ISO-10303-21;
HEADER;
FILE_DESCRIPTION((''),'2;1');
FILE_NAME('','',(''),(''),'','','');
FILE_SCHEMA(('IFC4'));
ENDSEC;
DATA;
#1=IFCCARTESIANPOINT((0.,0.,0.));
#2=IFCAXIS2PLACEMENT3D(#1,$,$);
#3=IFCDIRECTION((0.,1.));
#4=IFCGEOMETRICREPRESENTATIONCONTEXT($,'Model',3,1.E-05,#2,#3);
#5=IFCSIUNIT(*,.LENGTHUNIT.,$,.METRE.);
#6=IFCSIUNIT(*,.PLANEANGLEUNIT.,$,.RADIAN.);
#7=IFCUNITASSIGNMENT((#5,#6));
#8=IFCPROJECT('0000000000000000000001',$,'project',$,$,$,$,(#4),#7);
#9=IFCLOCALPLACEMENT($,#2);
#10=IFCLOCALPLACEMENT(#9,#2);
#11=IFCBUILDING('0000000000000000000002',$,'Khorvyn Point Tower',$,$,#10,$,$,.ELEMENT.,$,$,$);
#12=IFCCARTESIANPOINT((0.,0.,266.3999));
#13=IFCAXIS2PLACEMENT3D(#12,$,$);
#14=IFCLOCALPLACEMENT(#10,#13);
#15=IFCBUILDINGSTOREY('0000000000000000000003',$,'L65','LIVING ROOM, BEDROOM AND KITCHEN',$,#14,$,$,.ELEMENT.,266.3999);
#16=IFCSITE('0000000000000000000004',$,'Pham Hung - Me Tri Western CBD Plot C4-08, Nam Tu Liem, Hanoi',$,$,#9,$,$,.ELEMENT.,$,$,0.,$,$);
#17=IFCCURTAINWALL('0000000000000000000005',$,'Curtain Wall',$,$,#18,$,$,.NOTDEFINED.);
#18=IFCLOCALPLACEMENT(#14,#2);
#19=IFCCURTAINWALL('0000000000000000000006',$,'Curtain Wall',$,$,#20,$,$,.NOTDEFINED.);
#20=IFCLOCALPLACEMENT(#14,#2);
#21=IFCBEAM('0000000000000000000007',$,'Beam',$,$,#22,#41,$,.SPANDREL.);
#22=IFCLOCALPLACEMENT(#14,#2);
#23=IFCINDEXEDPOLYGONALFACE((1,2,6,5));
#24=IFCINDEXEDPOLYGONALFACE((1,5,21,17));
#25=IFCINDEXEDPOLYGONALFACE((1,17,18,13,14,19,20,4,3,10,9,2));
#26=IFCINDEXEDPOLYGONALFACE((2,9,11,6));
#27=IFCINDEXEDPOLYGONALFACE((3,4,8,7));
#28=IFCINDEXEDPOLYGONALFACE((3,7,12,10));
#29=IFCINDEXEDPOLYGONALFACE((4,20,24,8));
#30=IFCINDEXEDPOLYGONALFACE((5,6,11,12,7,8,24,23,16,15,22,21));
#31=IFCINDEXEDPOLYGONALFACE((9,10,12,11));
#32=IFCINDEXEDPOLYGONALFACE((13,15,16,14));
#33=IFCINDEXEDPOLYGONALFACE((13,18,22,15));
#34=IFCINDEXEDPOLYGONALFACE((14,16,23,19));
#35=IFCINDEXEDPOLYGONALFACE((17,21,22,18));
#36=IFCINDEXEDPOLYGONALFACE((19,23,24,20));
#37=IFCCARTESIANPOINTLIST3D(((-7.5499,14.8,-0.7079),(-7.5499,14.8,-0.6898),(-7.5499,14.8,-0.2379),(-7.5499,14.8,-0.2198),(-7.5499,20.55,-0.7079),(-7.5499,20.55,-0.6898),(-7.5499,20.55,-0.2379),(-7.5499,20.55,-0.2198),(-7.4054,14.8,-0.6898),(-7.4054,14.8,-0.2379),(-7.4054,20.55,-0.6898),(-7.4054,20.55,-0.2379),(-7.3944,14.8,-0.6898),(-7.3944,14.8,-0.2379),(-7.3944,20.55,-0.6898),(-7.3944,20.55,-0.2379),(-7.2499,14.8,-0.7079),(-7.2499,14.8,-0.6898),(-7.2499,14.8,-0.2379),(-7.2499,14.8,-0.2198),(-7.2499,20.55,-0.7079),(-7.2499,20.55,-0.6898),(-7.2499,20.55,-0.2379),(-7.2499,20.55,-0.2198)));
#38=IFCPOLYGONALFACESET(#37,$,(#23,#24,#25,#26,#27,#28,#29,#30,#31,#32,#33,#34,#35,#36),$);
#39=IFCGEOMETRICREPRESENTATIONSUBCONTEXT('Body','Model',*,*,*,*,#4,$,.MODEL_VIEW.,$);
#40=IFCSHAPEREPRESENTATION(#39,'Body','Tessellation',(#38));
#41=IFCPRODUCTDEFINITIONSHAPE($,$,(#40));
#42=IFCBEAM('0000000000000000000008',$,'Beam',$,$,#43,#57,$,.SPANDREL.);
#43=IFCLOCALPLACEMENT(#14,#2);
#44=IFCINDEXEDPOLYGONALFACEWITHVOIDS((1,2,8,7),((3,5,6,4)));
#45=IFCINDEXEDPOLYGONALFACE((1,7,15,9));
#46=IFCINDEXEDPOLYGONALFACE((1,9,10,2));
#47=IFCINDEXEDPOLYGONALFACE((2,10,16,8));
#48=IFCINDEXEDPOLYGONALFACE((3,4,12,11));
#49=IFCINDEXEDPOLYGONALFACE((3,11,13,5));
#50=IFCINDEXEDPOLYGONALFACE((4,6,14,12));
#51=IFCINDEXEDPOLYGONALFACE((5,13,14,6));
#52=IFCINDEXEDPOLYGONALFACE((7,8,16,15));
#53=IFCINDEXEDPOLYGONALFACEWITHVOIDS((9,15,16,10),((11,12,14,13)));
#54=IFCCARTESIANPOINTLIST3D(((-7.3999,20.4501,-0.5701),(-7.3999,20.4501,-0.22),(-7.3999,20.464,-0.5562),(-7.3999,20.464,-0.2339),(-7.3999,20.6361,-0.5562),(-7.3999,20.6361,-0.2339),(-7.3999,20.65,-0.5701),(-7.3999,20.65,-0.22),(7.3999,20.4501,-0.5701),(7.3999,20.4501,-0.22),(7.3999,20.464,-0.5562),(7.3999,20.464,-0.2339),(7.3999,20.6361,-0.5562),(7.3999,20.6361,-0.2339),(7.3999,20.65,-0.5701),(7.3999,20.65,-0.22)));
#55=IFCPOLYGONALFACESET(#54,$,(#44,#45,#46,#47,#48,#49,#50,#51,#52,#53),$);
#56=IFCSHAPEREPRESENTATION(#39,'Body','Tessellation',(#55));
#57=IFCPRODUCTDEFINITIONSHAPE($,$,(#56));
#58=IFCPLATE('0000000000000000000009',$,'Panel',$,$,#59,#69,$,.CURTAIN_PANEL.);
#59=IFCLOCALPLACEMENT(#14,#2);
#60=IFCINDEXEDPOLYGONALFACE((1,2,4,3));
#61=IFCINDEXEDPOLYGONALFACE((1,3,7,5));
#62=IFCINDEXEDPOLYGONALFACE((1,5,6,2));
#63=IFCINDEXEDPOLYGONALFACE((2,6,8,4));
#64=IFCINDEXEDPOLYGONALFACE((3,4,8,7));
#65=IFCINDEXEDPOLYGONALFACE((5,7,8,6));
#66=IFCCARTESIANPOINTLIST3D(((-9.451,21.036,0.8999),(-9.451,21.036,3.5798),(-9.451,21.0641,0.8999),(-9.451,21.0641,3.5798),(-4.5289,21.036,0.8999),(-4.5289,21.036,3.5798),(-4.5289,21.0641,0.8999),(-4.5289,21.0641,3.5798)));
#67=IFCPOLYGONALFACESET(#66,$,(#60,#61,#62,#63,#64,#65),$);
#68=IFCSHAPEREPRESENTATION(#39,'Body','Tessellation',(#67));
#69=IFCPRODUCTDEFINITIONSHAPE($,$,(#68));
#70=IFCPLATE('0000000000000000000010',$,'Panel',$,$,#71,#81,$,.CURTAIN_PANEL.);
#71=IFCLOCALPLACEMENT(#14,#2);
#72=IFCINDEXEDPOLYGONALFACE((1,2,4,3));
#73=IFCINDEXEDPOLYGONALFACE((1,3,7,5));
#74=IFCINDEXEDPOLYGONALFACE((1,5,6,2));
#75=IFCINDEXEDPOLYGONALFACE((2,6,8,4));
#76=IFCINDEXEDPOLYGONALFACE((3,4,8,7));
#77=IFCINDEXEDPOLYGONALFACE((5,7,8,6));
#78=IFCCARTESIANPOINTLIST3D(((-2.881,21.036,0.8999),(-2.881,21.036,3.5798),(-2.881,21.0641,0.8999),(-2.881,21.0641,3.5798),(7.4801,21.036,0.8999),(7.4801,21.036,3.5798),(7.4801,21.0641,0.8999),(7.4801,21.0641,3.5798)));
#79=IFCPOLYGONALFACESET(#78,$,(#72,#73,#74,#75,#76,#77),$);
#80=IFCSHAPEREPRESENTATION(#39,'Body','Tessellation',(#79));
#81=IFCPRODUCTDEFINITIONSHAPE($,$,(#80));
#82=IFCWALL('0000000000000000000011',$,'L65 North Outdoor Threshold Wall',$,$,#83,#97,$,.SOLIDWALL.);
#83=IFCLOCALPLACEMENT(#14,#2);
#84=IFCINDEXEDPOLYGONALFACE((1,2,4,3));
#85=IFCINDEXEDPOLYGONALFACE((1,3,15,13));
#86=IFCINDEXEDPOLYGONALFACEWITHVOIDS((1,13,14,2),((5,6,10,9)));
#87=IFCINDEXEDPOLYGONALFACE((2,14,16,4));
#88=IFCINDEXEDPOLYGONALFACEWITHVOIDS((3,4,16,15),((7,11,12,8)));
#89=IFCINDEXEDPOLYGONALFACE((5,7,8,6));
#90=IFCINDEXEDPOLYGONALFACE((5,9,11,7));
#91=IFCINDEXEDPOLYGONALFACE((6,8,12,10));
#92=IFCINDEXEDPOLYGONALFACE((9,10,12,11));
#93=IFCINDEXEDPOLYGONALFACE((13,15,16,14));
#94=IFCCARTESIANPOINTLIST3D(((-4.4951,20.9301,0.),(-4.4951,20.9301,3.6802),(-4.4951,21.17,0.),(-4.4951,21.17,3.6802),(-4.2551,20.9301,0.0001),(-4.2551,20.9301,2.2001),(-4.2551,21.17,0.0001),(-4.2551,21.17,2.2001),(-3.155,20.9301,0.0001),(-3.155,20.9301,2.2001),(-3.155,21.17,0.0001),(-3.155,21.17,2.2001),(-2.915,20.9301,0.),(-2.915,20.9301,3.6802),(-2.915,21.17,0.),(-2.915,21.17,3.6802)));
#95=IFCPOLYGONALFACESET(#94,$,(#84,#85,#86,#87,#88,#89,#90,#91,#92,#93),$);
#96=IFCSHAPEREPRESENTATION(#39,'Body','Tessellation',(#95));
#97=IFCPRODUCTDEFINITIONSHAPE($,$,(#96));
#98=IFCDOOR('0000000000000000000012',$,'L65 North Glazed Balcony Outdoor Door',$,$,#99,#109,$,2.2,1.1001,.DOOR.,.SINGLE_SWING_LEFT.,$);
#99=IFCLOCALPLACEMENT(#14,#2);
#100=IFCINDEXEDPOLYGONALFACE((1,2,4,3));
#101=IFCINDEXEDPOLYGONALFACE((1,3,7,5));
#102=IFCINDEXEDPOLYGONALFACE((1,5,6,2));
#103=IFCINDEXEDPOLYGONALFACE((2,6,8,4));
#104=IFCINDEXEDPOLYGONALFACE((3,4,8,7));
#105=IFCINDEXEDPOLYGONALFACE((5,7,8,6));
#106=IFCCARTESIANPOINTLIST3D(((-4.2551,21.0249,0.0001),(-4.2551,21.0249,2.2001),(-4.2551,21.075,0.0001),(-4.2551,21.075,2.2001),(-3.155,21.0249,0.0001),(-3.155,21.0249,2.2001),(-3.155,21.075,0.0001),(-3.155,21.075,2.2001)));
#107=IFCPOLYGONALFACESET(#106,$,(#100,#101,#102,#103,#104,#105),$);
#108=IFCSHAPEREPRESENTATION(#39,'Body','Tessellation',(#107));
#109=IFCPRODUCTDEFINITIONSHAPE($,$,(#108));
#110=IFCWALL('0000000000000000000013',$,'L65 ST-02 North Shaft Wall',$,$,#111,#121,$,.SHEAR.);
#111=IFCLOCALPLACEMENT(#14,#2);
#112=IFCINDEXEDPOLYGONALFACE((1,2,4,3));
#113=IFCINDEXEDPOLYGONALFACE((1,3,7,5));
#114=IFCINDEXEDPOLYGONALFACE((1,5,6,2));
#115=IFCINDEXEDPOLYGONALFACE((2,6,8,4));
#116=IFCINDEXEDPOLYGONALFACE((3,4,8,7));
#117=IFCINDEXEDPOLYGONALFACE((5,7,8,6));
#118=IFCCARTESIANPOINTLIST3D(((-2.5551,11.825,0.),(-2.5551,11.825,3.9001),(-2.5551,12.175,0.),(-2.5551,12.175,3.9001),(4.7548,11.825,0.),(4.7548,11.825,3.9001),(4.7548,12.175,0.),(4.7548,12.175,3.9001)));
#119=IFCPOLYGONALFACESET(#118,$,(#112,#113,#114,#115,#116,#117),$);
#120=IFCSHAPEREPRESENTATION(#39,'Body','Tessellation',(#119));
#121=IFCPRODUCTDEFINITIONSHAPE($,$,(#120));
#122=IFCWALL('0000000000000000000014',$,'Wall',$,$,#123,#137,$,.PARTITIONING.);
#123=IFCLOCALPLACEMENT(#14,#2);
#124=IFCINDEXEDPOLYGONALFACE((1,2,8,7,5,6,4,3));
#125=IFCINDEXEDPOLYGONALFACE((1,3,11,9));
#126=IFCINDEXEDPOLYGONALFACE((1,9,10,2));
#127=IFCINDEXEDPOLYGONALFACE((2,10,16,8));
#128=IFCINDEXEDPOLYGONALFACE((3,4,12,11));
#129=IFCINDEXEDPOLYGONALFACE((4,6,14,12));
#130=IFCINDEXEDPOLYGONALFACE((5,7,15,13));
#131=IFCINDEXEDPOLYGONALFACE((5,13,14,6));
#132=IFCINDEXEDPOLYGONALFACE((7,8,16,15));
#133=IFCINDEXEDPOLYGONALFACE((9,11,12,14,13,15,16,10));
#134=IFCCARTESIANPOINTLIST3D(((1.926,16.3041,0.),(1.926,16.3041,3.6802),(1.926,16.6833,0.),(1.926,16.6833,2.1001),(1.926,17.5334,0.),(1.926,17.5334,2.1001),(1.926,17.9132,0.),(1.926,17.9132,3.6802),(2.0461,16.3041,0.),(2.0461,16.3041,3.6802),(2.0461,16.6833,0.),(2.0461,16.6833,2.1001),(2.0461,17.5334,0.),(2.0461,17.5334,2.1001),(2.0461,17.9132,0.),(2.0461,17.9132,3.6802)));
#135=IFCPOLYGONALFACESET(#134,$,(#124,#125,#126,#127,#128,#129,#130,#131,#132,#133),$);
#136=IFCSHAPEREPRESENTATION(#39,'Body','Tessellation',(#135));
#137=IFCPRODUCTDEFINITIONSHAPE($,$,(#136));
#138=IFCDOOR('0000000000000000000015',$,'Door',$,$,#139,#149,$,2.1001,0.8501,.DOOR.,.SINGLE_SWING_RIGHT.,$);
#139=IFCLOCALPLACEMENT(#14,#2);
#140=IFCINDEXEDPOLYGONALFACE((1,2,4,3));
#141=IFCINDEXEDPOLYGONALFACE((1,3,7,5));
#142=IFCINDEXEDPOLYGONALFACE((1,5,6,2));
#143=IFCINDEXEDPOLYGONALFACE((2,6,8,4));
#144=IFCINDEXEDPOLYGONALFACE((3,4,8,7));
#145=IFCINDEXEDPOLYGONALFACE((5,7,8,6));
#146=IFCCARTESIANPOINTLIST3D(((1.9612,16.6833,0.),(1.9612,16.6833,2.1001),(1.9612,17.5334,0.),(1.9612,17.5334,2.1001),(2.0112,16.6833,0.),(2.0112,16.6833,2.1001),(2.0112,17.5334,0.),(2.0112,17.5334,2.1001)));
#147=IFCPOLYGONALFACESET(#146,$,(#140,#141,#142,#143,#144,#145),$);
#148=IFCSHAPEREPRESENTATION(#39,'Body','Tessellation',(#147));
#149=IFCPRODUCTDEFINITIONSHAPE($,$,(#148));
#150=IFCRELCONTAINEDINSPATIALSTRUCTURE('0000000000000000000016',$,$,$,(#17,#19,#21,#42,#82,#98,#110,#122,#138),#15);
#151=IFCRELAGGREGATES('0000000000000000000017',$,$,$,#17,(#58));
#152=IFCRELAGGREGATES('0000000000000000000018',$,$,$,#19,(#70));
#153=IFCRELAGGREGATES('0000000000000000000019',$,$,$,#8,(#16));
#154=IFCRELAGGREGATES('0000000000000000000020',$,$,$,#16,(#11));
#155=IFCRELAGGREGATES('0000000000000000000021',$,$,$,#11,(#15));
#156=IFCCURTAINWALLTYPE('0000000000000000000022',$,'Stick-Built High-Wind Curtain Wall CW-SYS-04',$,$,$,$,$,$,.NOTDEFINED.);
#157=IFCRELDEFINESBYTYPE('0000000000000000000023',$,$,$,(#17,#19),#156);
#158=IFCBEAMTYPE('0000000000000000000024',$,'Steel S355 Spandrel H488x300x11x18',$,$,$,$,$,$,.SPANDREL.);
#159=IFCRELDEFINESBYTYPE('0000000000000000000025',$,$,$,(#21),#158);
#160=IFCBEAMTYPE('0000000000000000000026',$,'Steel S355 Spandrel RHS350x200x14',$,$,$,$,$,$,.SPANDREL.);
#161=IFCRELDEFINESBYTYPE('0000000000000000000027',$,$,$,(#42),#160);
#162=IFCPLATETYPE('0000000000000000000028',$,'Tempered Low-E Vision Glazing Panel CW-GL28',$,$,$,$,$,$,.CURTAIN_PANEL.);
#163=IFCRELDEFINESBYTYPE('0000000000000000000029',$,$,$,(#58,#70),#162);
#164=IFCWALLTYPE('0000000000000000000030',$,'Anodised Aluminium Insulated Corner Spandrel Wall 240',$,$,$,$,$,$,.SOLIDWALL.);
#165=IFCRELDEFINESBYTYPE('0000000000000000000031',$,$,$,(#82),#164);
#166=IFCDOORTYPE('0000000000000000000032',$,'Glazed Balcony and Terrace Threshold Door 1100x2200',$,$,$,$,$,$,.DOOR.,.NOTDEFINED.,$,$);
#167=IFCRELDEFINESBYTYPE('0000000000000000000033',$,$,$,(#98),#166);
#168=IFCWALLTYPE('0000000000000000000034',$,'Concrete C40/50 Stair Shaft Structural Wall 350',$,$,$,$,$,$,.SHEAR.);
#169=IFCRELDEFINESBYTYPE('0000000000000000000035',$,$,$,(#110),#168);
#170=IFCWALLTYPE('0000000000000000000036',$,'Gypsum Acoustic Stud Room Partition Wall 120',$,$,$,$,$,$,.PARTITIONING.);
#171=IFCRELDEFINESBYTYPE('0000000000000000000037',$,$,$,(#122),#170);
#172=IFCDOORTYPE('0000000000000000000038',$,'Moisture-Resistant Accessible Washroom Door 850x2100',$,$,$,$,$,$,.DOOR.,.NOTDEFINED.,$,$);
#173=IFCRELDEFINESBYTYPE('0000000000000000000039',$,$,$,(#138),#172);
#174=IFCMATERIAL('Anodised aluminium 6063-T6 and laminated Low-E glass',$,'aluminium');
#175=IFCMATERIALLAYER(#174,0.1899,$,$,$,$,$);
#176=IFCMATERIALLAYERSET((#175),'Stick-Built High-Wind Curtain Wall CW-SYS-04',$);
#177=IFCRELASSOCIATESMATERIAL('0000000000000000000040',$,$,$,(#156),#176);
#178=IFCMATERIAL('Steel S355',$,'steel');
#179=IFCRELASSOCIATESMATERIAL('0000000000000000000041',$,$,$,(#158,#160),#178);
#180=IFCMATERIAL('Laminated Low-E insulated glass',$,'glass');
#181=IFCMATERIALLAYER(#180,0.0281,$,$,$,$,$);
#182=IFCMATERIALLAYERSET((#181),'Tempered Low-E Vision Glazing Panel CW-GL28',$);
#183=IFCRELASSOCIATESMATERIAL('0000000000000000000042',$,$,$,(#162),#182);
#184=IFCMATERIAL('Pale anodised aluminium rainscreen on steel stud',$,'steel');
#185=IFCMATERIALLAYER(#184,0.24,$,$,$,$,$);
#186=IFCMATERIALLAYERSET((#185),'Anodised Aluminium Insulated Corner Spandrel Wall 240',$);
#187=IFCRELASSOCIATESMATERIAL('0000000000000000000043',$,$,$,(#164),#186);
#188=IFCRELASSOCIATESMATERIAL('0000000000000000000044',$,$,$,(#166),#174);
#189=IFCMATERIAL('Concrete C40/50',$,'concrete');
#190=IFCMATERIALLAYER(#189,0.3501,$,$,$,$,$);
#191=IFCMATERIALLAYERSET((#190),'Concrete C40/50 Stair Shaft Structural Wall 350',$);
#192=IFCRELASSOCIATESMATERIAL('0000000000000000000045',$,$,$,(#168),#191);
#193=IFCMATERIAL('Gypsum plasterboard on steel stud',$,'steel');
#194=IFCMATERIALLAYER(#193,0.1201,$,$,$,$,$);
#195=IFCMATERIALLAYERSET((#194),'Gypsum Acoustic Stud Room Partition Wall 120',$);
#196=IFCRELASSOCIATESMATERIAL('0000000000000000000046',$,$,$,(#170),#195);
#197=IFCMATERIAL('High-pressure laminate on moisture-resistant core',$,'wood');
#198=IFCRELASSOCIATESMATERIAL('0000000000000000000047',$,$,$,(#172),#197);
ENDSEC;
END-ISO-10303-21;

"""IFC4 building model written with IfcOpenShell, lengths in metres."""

from ifc_helpers import new_model, si_unit, direction, frame, frame_2d, origin, origin_2d, place, context, subcontext, project, spatial, rectangle, hollow_rectangle, i_section, extrude, material, layer, layer_set, material_profile, profile_set, type_object, element, fill, aggregate, save


model = new_model("IFC4")

# Units and contexts
model_context = context("Model", 3, precision=1e-05, world=origin(), true_north=direction((0.0, 1.0)))
body_context = subcontext(model_context, "Body", "Model", "MODEL_VIEW")
ifc_project = project(units=[si_unit("LENGTHUNIT", "METRE"), si_unit("PLANEANGLEUNIT", "RADIAN")], contexts=[model_context])

# Site, building, storey
site_placement = place(None, origin())
site = spatial("IfcSite", under=ifc_project, at=site_placement, Name="Pham Hung - Me Tri Western CBD Plot C4-08, Nam Tu Liem, Hanoi", CompositionType="ELEMENT", RefElevation=0.0)
building_placement = place(site_placement, origin())
building = spatial("IfcBuilding", under=site, at=building_placement, Name="Khorvyn Point Tower", CompositionType="ELEMENT")
storey_placement = place(building_placement, frame((0.0, 0.0, 266.3999)))
storey = spatial("IfcBuildingStorey", under=building, at=storey_placement, Name="L65", Description="LIVING ROOM, BEDROOM AND KITCHEN", CompositionType="ELEMENT", Elevation=266.3999)

# Shared definitions
ifc_material_1 = material(Name="Concrete C40/50", Category="concrete")
ifc_material_2 = material(Name="Steel S355", Category="steel")

# Curtain wall
ifc_material_3 = material(Name="Anodised aluminium 6063-T6 and laminated Low-E glass", Category="aluminium")
ifc_layer_1 = layer(ifc_material_3, 0.1899)
ifc_layer_set_1 = layer_set([ifc_layer_1], Name="Stick-Built High-Wind Curtain Wall CW-SYS-04")
curtain_wall_type = type_object("IfcCurtainWallType", Name="Stick-Built High-Wind Curtain Wall CW-SYS-04", PredefinedType="NOTDEFINED", material=ifc_layer_set_1)
curtain_wall_1_placement = place(storey_placement, origin())
curtain_wall_1 = element("IfcCurtainWall", 1, at=curtain_wall_1_placement, inside=storey, type_object=curtain_wall_type, Name="Curtain Wall", PredefinedType="NOTDEFINED")

# Curtain wall
curtain_wall_2_placement = place(storey_placement, origin())
curtain_wall_2 = element("IfcCurtainWall", 2, at=curtain_wall_2_placement, inside=storey, type_object=curtain_wall_type, Name="Curtain Wall", PredefinedType="NOTDEFINED")

# Beams
ifc_material_profile_1 = material_profile(ifc_material_2, i_section(OverallWidth=0.3, OverallDepth=0.488, WebThickness=0.011, FlangeThickness=0.0181, at=origin_2d()))
ifc_profile_set_1 = profile_set([ifc_material_profile_1], Name="Steel S355 H488x300x11x18")
beam_type_1 = type_object("IfcBeamType", Name="Steel S355 Spandrel H488x300x11x18", PredefinedType="SPANDREL", material=ifc_profile_set_1)
beam_1_placement = place(storey_placement, frame((-7.3999, 14.8, -0.4639), z_axis=(0.0, 1.0, 0.0), x_axis=(-1.0, 0.0, 0.0)))
element("IfcBeam", 3, at=beam_1_placement, inside=storey, type_object=beam_type_1, Name="Beam", PredefinedType="SPANDREL", context=body_context, shape_type="SweptSolid", body=[
    extrude(i_section(OverallWidth=0.3, OverallDepth=0.488, WebThickness=0.011, FlangeThickness=0.0181, at=origin_2d()), origin(), (0.0, 0.0, 1.0), 5.75),
])
ifc_material_profile_2 = material_profile(ifc_material_2, hollow_rectangle(XDim=0.2, YDim=0.3501, WallThickness=0.0139, at=origin_2d()))
ifc_profile_set_2 = profile_set([ifc_material_profile_2], Name="Steel S355 RHS350x200x14")
beam_type_2 = type_object("IfcBeamType", Name="Steel S355 Spandrel RHS350x200x14", PredefinedType="SPANDREL", material=ifc_profile_set_2)
beam_2_placement = place(storey_placement, frame((-7.3999, 20.55, -0.395), z_axis=(1.0, 0.0, 0.0), x_axis=(0.0, 1.0, 0.0)))
element("IfcBeam", 4, at=beam_2_placement, inside=storey, type_object=beam_type_2, Name="Beam", PredefinedType="SPANDREL", context=body_context, shape_type="SweptSolid", body=[
    extrude(hollow_rectangle(XDim=0.2, YDim=0.3501, WallThickness=0.0139, at=origin_2d()), origin(), (0.0, 0.0, 1.0), 14.7998),
])

# Plates
ifc_material_4 = material(Name="Laminated Low-E insulated glass", Category="glass")
ifc_layer_2 = layer(ifc_material_4, 0.0281)
ifc_layer_set_2 = layer_set([ifc_layer_2], Name="Tempered Low-E Vision Glazing Panel CW-GL28")
plate_type = type_object("IfcPlateType", Name="Tempered Low-E Vision Glazing Panel CW-GL28", PredefinedType="CURTAIN_PANEL", material=ifc_layer_set_2)
plate_1_placement = place(storey_placement, frame((-6.99, 21.05, 0.8999), z_axis=(0.0, 0.0, 1.0), x_axis=(1.0, 0.0, 0.0)))
plate_1 = element("IfcPlate", 5, at=plate_1_placement, type_object=plate_type, Name="Panel", PredefinedType="CURTAIN_PANEL", context=body_context, shape_type="SweptSolid", body=[
    extrude(rectangle(XDim=4.9221, YDim=0.0281, at=origin_2d()), origin(), (0.0, 0.0, 1.0), 2.6799),
])
aggregate(curtain_wall_1, [plate_1])
plate_2_placement = place(storey_placement, frame((2.2996, 21.05, 0.8999), z_axis=(0.0, 0.0, 1.0), x_axis=(1.0, 0.0, 0.0)))
plate_2 = element("IfcPlate", 6, at=plate_2_placement, type_object=plate_type, Name="Panel", PredefinedType="CURTAIN_PANEL", context=body_context, shape_type="SweptSolid", body=[
    extrude(rectangle(XDim=10.3611, YDim=0.0281, at=origin_2d()), origin(), (0.0, 0.0, 1.0), 2.6799),
])
aggregate(curtain_wall_2, [plate_2])

# Wall, opening, door
ifc_material_5 = material(Name="Pale anodised aluminium rainscreen on steel stud", Category="steel")
ifc_layer_3 = layer(ifc_material_5, 0.24)
ifc_layer_set_3 = layer_set([ifc_layer_3], Name="Anodised Aluminium Insulated Corner Spandrel Wall 240")
wall_type_1 = type_object("IfcWallType", Name="Anodised Aluminium Insulated Corner Spandrel Wall 240", PredefinedType="SOLIDWALL", material=ifc_layer_set_3)
wall_1_placement = place(storey_placement, frame((-4.4951, 21.05, 0.0), z_axis=(0.0, 0.0, 1.0), x_axis=(1.0, 0.0, 0.0)))
wall_1 = element("IfcWall", 7, at=wall_1_placement, inside=storey, type_object=wall_type_1, Name="L65 North Outdoor Threshold Wall", PredefinedType="SOLIDWALL", context=body_context, shape_type="SweptSolid", body=[
    extrude(rectangle(XDim=1.5801, YDim=0.24, at=frame_2d((0.79, 0.0))), origin(), (0.0, 0.0, 1.0), 3.6802),
])
opening_1_placement = place(wall_1_placement, frame((0.24, 0.0, 0.0)))
opening_1 = element("IfcOpeningElement", 8, at=opening_1_placement, cuts=wall_1, PredefinedType="OPENING", context=body_context, shape_type="SweptSolid", body=[
    extrude(rectangle(XDim=1.1001, YDim=2.2, at=frame_2d((0.55, 1.1001))), frame((0.0, 0.1299, 0.0), z_axis=(0.0, -1.0, 0.0), x_axis=(1.0, 0.0, 0.0)), (0.0, 0.0, 1.0), 0.26),
])
door_type_1 = type_object("IfcDoorType", Name="Glazed Balcony and Terrace Threshold Door 1100x2200", OperationType="NOTDEFINED", PredefinedType="DOOR", material=ifc_material_3)
door_1_placement = place(opening_1_placement, origin())
door_1 = element("IfcDoor", 9, at=door_1_placement, inside=storey, type_object=door_type_1, Name="L65 North Glazed Balcony Outdoor Door", OperationType="SINGLE_SWING_LEFT", OverallHeight=2.2, OverallWidth=1.1001, PredefinedType="DOOR", context=body_context, shape_type="SweptSolid", body=[
    extrude(rectangle(XDim=1.1001, YDim=2.2, at=frame_2d((0.55, 1.1001))), frame((0.0, 0.0249, 0.0), z_axis=(0.0, -1.0, 0.0), x_axis=(1.0, 0.0, 0.0)), (0.0, 0.0, 1.0), 0.05),
])
fill(opening_1, door_1)

# Wall
ifc_layer_4 = layer(ifc_material_1, 0.3501)
ifc_layer_set_4 = layer_set([ifc_layer_4], Name="Concrete C40/50 Stair Shaft Structural Wall 350")
wall_type_2 = type_object("IfcWallType", Name="Concrete C40/50 Stair Shaft Structural Wall 350", PredefinedType="SHEAR", material=ifc_layer_set_4)
wall_2_placement = place(storey_placement, frame((-2.5549, 12.0, 0.0), z_axis=(0.0, 0.0, 1.0), x_axis=(1.0, 0.0, 0.0)))
element("IfcWall", 10, at=wall_2_placement, inside=storey, type_object=wall_type_2, Name="L65 ST-02 North Shaft Wall", PredefinedType="SHEAR", context=body_context, shape_type="SweptSolid", body=[
    extrude(rectangle(XDim=7.3098, YDim=0.3501, at=frame_2d((3.6548, 0.0))), origin(), (0.0, 0.0, 1.0), 3.9001),
])

# Wall, opening, door
ifc_material_6 = material(Name="Gypsum plasterboard on steel stud", Category="steel")
ifc_layer_5 = layer(ifc_material_6, 0.1201)
ifc_layer_set_5 = layer_set([ifc_layer_5], Name="Gypsum Acoustic Stud Room Partition Wall 120")
wall_type_3 = type_object("IfcWallType", Name="Gypsum Acoustic Stud Room Partition Wall 120", PredefinedType="PARTITIONING", material=ifc_layer_set_5)
wall_3_placement = place(storey_placement, frame((1.9861, 16.304, 0.0), z_axis=(0.0, 0.0, 1.0), x_axis=(0.0, 1.0, 0.0)))
wall_3 = element("IfcWall", 11, at=wall_3_placement, inside=storey, type_object=wall_type_3, Name="Wall", PredefinedType="PARTITIONING", context=body_context, shape_type="SweptSolid", body=[
    extrude(rectangle(XDim=1.6091, YDim=0.1201, at=frame_2d((0.8047, 0.0))), origin(), (0.0, 0.0, 1.0), 3.6802),
])
opening_2_placement = place(wall_3_placement, frame((0.3794, 0.0, 0.0)))
opening_2 = element("IfcOpeningElement", 12, at=opening_2_placement, cuts=wall_3, PredefinedType="OPENING", context=body_context, shape_type="SweptSolid", body=[
    extrude(rectangle(XDim=0.8501, YDim=2.1001, at=frame_2d((0.425, 1.05))), frame((0.0, 0.0701, 0.0), z_axis=(0.0, -1.0, 0.0), x_axis=(1.0, 0.0, 0.0)), (0.0, 0.0, 1.0), 0.1401),
])
ifc_material_7 = material(Name="High-pressure laminate on moisture-resistant core", Category="wood")
door_type_2 = type_object("IfcDoorType", Name="Moisture-Resistant Accessible Washroom Door 850x2100", OperationType="NOTDEFINED", PredefinedType="DOOR", material=ifc_material_7)
door_2_placement = place(opening_2_placement, origin())
door_2 = element("IfcDoor", 13, at=door_2_placement, inside=storey, type_object=door_type_2, Name="Door", OperationType="SINGLE_SWING_RIGHT", OverallHeight=2.1001, OverallWidth=0.8501, PredefinedType="DOOR", context=body_context, shape_type="SweptSolid", body=[
    extrude(rectangle(XDim=0.8501, YDim=2.1001, at=frame_2d((0.425, 1.05))), frame((0.0, 0.0249, 0.0), z_axis=(0.0, -1.0, 0.0), x_axis=(1.0, 0.0, 0.0)), (0.0, 0.0, 1.0), 0.05),
])
fill(opening_2, door_2)

save(model, "model.ifc")
